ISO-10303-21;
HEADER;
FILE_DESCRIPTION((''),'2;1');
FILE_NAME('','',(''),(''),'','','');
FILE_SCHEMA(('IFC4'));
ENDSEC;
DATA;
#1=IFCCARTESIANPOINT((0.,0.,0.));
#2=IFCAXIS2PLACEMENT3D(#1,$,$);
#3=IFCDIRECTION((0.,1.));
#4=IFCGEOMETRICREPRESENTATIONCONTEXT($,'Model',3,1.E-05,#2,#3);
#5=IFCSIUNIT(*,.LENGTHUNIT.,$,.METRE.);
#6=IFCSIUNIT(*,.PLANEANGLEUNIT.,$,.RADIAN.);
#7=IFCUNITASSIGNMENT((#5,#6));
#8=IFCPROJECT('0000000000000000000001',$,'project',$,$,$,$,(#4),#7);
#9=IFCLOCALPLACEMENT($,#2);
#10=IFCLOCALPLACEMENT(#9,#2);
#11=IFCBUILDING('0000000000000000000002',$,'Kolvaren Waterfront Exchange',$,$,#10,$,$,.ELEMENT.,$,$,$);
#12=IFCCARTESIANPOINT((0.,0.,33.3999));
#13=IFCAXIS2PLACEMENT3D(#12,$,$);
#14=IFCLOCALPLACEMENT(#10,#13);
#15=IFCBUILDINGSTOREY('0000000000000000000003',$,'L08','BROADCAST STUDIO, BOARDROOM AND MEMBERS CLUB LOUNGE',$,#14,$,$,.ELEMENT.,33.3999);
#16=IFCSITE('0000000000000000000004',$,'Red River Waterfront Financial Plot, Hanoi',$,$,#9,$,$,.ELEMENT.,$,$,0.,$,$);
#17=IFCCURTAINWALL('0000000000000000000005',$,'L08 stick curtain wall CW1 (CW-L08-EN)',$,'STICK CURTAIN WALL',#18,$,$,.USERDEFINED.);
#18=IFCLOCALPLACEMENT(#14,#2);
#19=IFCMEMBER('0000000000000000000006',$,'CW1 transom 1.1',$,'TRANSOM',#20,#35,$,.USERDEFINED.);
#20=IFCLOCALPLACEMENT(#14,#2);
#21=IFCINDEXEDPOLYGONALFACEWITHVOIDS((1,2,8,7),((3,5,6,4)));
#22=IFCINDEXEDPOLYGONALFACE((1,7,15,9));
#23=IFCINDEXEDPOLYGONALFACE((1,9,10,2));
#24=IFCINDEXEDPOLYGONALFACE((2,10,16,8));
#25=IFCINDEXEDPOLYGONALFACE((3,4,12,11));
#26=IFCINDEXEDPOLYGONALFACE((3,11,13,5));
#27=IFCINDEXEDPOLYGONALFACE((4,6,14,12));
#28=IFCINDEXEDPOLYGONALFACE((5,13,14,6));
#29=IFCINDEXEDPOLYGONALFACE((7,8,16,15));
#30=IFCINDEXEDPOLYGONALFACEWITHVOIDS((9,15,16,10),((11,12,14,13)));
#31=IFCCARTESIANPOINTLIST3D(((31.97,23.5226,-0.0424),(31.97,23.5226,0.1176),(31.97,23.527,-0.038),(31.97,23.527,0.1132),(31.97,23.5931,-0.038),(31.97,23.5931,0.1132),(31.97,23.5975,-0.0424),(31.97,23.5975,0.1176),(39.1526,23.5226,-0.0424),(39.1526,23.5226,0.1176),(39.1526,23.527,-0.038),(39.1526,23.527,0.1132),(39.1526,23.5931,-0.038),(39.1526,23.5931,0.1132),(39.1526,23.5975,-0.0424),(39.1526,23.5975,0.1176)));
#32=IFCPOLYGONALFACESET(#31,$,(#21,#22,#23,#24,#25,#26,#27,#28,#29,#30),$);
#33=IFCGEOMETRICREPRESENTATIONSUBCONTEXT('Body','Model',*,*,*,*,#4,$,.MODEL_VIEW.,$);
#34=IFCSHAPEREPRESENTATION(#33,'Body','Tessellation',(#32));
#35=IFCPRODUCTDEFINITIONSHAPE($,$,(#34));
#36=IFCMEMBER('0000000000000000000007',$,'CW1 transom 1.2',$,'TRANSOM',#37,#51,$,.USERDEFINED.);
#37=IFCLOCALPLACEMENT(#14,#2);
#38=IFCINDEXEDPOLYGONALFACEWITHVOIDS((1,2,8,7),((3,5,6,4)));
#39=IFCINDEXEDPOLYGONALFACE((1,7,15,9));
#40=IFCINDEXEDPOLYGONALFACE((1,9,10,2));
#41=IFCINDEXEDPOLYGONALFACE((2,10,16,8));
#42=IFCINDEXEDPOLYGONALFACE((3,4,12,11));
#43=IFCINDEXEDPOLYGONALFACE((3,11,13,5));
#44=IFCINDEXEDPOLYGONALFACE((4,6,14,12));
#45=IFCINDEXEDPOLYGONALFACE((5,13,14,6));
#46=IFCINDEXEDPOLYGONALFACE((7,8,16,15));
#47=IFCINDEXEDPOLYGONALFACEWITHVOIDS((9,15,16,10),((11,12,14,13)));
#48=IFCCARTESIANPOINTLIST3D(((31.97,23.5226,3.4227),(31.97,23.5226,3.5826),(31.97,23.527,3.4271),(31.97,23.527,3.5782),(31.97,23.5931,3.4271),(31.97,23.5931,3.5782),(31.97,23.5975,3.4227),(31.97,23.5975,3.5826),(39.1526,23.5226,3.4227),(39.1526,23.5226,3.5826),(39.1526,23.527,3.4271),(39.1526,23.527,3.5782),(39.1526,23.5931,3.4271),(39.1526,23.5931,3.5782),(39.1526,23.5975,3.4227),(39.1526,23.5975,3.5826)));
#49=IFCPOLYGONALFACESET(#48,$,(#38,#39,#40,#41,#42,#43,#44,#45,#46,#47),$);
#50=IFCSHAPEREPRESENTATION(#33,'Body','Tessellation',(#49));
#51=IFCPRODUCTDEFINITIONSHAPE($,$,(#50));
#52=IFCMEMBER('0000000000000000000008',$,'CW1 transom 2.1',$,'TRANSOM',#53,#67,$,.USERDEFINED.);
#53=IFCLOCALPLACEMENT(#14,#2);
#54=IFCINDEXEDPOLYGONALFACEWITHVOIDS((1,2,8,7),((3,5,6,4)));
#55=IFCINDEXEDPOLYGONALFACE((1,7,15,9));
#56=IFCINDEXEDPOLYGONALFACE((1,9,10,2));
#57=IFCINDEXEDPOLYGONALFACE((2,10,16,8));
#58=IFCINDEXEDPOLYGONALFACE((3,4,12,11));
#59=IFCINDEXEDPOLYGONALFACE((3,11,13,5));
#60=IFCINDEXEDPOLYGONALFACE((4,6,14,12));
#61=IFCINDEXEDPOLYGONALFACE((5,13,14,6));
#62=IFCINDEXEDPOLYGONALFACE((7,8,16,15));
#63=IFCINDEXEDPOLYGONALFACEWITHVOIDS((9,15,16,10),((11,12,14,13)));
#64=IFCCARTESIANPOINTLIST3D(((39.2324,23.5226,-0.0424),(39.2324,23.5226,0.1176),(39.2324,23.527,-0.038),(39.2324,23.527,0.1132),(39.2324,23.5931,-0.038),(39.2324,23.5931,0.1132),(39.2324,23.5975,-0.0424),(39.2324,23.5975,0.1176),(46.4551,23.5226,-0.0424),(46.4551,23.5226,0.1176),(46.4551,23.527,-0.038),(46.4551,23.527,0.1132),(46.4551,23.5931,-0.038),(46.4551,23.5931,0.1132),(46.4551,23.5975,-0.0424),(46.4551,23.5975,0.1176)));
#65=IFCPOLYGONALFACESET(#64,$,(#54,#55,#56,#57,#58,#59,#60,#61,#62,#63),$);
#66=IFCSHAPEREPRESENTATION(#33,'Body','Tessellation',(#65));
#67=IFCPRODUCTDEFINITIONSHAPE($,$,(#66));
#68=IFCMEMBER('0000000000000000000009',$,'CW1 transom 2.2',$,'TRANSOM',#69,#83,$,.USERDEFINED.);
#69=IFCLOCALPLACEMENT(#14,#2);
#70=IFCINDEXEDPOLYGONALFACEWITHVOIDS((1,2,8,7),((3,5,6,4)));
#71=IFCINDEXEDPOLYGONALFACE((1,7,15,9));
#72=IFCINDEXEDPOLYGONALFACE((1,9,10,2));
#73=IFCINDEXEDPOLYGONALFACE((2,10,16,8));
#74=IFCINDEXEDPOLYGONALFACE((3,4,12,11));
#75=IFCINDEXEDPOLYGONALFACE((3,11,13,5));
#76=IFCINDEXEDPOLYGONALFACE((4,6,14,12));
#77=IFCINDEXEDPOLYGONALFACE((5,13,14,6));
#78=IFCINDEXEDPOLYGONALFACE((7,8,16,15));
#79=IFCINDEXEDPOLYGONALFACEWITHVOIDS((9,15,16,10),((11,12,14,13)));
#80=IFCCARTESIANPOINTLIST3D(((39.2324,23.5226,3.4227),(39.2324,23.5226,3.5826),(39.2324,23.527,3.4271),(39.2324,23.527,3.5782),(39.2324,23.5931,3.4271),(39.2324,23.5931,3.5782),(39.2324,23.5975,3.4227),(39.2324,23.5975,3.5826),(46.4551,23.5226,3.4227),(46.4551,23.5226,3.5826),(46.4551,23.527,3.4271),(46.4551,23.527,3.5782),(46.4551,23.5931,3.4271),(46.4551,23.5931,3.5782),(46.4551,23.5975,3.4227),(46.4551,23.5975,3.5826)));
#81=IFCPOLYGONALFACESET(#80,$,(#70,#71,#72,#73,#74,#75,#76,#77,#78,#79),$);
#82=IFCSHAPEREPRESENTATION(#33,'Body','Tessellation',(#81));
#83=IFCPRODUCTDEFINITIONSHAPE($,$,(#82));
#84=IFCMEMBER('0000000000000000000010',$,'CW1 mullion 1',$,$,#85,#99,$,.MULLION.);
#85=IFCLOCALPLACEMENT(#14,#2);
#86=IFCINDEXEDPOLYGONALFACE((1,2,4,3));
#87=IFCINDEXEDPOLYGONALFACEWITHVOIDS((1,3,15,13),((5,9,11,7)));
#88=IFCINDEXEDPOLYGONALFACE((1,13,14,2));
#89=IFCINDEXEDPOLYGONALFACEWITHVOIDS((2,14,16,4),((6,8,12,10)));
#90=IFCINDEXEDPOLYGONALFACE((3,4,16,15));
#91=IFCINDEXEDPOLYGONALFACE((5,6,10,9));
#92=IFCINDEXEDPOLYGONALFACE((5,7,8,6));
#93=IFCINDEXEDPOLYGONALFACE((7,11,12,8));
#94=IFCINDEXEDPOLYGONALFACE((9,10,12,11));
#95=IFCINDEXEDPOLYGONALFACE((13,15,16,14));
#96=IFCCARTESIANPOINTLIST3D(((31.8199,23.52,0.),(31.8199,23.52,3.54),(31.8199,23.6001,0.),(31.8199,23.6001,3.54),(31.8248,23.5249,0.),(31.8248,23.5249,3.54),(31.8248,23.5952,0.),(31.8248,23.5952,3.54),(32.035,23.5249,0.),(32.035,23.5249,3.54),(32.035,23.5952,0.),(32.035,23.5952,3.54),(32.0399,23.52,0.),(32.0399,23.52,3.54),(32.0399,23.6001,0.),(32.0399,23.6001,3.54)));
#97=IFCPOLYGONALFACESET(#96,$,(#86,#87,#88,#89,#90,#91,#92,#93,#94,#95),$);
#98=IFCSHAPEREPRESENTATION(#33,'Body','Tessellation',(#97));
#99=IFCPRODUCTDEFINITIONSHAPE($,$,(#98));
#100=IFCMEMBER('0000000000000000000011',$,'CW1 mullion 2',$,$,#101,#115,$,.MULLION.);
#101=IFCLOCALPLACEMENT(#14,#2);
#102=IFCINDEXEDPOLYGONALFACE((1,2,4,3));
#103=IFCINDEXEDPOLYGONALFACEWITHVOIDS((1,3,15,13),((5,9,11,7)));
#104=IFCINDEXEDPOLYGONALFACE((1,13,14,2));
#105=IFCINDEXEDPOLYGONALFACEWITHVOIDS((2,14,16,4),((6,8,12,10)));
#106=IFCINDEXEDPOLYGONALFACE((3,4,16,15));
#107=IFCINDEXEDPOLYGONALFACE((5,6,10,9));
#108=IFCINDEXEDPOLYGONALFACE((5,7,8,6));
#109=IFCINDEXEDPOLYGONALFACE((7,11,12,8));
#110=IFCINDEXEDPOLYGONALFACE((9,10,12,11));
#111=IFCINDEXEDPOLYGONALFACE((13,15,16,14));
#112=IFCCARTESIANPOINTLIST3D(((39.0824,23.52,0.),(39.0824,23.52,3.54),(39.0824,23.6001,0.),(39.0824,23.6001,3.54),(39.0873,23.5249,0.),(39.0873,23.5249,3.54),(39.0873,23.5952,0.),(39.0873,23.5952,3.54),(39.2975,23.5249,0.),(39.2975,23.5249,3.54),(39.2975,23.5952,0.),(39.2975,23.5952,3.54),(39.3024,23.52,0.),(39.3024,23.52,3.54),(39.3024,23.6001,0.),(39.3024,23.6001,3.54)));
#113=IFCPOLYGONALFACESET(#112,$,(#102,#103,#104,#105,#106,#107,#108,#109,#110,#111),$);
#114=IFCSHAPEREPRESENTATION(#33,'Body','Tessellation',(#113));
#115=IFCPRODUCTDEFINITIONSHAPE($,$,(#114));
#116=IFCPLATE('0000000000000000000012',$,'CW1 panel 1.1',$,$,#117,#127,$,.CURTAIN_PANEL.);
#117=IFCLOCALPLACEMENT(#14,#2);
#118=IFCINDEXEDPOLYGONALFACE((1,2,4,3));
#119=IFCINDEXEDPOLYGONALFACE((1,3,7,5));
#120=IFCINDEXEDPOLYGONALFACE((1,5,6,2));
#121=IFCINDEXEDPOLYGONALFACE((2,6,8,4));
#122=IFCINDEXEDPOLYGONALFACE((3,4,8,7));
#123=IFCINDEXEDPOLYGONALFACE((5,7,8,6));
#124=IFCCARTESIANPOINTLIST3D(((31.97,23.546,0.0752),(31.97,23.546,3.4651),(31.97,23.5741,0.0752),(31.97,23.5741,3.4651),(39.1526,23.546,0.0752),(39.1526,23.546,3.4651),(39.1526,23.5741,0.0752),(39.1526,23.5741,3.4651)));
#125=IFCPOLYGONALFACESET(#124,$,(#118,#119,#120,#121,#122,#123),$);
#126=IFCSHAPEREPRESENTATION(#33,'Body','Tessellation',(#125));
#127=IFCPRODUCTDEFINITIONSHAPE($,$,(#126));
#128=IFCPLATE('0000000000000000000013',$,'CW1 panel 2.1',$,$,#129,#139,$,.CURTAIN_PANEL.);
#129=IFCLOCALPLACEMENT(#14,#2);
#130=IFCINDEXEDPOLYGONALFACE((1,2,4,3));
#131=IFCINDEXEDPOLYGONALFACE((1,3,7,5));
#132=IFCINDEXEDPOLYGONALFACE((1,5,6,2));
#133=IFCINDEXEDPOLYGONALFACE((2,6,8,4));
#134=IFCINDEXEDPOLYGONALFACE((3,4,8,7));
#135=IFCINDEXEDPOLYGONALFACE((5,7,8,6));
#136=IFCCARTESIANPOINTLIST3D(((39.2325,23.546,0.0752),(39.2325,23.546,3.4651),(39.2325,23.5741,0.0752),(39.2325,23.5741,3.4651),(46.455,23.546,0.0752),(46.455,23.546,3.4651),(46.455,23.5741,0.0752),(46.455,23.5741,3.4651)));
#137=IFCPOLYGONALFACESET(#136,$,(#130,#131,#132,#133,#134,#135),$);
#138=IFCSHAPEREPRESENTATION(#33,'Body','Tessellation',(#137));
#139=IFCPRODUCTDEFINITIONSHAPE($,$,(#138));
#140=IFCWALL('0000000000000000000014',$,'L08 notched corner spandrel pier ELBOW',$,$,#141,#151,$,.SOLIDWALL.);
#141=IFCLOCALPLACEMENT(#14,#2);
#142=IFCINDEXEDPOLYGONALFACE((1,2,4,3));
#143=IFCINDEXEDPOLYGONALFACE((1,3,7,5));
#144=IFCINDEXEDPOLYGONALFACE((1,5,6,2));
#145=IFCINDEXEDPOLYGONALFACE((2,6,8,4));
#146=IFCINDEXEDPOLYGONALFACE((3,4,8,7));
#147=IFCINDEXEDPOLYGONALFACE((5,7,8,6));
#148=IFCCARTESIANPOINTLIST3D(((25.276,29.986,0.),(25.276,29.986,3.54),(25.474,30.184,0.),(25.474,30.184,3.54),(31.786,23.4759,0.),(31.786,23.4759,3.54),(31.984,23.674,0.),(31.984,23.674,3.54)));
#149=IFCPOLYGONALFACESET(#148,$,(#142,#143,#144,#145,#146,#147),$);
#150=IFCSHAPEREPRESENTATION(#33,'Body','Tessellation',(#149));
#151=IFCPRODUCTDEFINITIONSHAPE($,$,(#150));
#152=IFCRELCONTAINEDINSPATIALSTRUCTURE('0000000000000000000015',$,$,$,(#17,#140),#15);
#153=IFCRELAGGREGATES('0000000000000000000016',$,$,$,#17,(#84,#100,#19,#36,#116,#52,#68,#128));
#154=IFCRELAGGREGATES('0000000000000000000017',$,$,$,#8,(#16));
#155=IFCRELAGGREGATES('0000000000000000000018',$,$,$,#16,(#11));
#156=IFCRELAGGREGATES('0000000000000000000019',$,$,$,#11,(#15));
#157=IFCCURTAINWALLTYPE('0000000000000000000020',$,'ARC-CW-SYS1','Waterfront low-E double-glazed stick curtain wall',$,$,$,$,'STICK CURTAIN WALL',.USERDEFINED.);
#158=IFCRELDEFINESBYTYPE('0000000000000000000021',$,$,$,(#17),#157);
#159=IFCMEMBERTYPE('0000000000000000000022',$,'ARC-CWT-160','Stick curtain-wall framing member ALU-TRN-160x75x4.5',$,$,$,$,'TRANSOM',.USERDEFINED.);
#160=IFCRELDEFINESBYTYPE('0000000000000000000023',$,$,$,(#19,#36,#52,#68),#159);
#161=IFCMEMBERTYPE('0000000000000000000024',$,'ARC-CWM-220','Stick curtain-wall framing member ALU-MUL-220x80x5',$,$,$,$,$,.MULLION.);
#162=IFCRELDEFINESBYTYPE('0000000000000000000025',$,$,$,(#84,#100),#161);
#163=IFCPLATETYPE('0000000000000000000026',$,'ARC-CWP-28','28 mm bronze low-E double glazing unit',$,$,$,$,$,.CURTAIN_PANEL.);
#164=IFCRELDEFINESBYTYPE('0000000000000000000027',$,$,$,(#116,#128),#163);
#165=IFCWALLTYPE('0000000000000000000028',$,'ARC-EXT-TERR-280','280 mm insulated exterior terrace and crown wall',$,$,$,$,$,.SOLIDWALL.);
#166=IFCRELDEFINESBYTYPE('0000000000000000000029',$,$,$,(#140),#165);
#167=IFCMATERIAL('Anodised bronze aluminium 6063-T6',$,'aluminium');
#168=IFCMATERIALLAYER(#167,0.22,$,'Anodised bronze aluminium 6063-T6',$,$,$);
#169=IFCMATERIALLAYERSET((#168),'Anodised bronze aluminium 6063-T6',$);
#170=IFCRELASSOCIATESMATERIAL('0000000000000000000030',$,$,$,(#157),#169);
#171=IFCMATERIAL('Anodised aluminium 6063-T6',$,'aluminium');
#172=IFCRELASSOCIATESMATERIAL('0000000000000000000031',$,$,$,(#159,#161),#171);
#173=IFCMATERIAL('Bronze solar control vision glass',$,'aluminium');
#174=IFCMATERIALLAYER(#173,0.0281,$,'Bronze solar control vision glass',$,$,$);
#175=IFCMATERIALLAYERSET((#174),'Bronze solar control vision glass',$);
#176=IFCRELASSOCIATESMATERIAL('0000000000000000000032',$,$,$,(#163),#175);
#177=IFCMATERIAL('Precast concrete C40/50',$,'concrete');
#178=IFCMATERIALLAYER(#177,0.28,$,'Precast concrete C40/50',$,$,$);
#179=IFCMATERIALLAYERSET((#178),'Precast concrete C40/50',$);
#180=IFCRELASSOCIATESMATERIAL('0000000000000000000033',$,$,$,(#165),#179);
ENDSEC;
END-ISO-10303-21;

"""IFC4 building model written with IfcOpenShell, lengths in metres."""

from ifc_helpers import new_model, si_unit, direction, frame, frame_2d, origin, origin_with_axes, origin_2d, place, context, subcontext, project, spatial, rectangle, hollow_rectangle, extrude, source, transform, mapped, material, layer, layer_set, material_profile, profile_set, type_object, element, aggregate, save


model = new_model("IFC4")

# Units and contexts
model_context = context("Model", 3, precision=1e-05, world=origin(), true_north=direction((0.0, 1.0)))
body_context = subcontext(model_context, "Body", "Model", "MODEL_VIEW")
ifc_project = project(units=[si_unit("LENGTHUNIT", "METRE"), si_unit("PLANEANGLEUNIT", "RADIAN")], contexts=[model_context])

# Site, building, storey
site_placement = place(None, origin())
site = spatial("IfcSite", under=ifc_project, at=site_placement, Name="Red River Waterfront Financial Plot, Hanoi", CompositionType="ELEMENT", RefElevation=0.0)
building_placement = place(site_placement, origin())
building = spatial("IfcBuilding", under=site, at=building_placement, Name="Kolvaren Waterfront Exchange", CompositionType="ELEMENT")
storey_placement = place(building_placement, frame((0.0, 0.0, 33.3999)))
storey = spatial("IfcBuildingStorey", under=building, at=storey_placement, Name="L08", Description="BROADCAST STUDIO, BOARDROOM AND MEMBERS CLUB LOUNGE", CompositionType="ELEMENT", Elevation=33.3999)

# Curtain wall, members, plates
ifc_material_1 = material(Name="Anodised bronze aluminium 6063-T6", Category="aluminium")
ifc_layer_1 = layer(ifc_material_1, 0.22, Name="Anodised bronze aluminium 6063-T6")
ifc_layer_set_1 = layer_set([ifc_layer_1], Name="Anodised bronze aluminium 6063-T6")
curtain_wall_type = type_object("IfcCurtainWallType", Name="ARC-CW-SYS1", Description="Waterfront low-E double-glazed stick curtain wall", ElementType="STICK CURTAIN WALL", PredefinedType="USERDEFINED", material=ifc_layer_set_1)
curtain_wall_placement = place(storey_placement, origin())
curtain_wall = element("IfcCurtainWall", 1, at=curtain_wall_placement, inside=storey, type_object=curtain_wall_type, Name="L08 stick curtain wall CW1 (CW-L08-EN)", ObjectType="STICK CURTAIN WALL", PredefinedType="USERDEFINED")
ifc_material_2 = material(Name="Anodised aluminium 6063-T6", Category="aluminium")
ifc_material_profile_1 = material_profile(ifc_material_2, hollow_rectangle(XDim=0.075, YDim=0.1599, WallThickness=0.0044, at=origin_2d()), Name="ALU-TRN-160x75x4.5")
ifc_profile_set_1 = profile_set([ifc_material_profile_1], Name="Anodised aluminium 6063-T6")
member_type_1 = type_object("IfcMemberType", Name="ARC-CWT-160", Description="Stick curtain-wall framing member ALU-TRN-160x75x4.5", ElementType="TRANSOM", PredefinedType="USERDEFINED", material=ifc_profile_set_1)
shared_shape_1 = source(origin_with_axes(), body_context, "Body", "SweptSolid", [
    extrude(hollow_rectangle(XDim=0.075, YDim=0.1599, WallThickness=0.0044, at=origin_2d()), origin(), (0.0, 0.0, 1.0), 7.1826),
])
member_1_placement = place(storey_placement, frame((31.97, 23.5601, 0.0376), z_axis=(1.0, 0.0, 0.0), x_axis=(0.0, 1.0, 0.0)))
member_1 = element("IfcMember", 2, at=member_1_placement, type_object=member_type_1, Name="CW1 transom 1.1", ObjectType="TRANSOM", PredefinedType="USERDEFINED", context=body_context, shape_type="MappedRepresentation", body=[
    mapped(shared_shape_1, transform((0.0, 0.0, 0.0), x_axis=(1.0, 0.0, 0.0), y_axis=(0.0, 1.0, 0.0), z_axis=(0.0, 0.0, 1.0), scale=1.0)),
])
member_2_placement = place(storey_placement, frame((31.97, 23.5601, 3.5027), z_axis=(1.0, 0.0, 0.0), x_axis=(0.0, 1.0, 0.0)))
member_2 = element("IfcMember", 3, at=member_2_placement, type_object=member_type_1, Name="CW1 transom 1.2", ObjectType="TRANSOM", PredefinedType="USERDEFINED", context=body_context, shape_type="MappedRepresentation", body=[
    mapped(shared_shape_1, transform((0.0, 0.0, 0.0), x_axis=(1.0, 0.0, 0.0), y_axis=(0.0, 1.0, 0.0), z_axis=(0.0, 0.0, 1.0), scale=1.0)),
])
shared_shape_2 = source(origin_with_axes(), body_context, "Body", "SweptSolid", [
    extrude(hollow_rectangle(XDim=0.075, YDim=0.1599, WallThickness=0.0044, at=origin_2d()), origin(), (0.0, 0.0, 1.0), 7.2227),
])
member_3_placement = place(storey_placement, frame((39.2324, 23.5601, 0.0376), z_axis=(1.0, 0.0, 0.0), x_axis=(0.0, 1.0, 0.0)))
member_3 = element("IfcMember", 4, at=member_3_placement, type_object=member_type_1, Name="CW1 transom 2.1", ObjectType="TRANSOM", PredefinedType="USERDEFINED", context=body_context, shape_type="MappedRepresentation", body=[
    mapped(shared_shape_2, transform((0.0, 0.0, 0.0), x_axis=(1.0, 0.0, 0.0), y_axis=(0.0, 1.0, 0.0), z_axis=(0.0, 0.0, 1.0), scale=1.0)),
])
member_4_placement = place(storey_placement, frame((39.2324, 23.5601, 3.5027), z_axis=(1.0, 0.0, 0.0), x_axis=(0.0, 1.0, 0.0)))
member_4 = element("IfcMember", 5, at=member_4_placement, type_object=member_type_1, Name="CW1 transom 2.2", ObjectType="TRANSOM", PredefinedType="USERDEFINED", context=body_context, shape_type="MappedRepresentation", body=[
    mapped(shared_shape_2, transform((0.0, 0.0, 0.0), x_axis=(1.0, 0.0, 0.0), y_axis=(0.0, 1.0, 0.0), z_axis=(0.0, 0.0, 1.0), scale=1.0)),
])
ifc_material_profile_2 = material_profile(ifc_material_2, hollow_rectangle(XDim=0.0801, YDim=0.22, WallThickness=0.0049, at=origin_2d()), Name="ALU-MUL-220x80x5")
ifc_profile_set_2 = profile_set([ifc_material_profile_2], Name="Anodised aluminium 6063-T6")
member_type_2 = type_object("IfcMemberType", Name="ARC-CWM-220", Description="Stick curtain-wall framing member ALU-MUL-220x80x5", PredefinedType="MULLION", material=ifc_profile_set_2)
shared_shape_3 = source(origin_with_axes(), body_context, "Body", "SweptSolid", [
    extrude(hollow_rectangle(XDim=0.0801, YDim=0.22, WallThickness=0.0049, at=origin_2d()), origin(), (0.0, 0.0, 1.0), 3.54),
])
member_5_placement = place(storey_placement, frame((31.9299, 23.5601, 0.0), z_axis=(0.0, 0.0, 1.0), x_axis=(0.0, 1.0, 0.0)))
member_5 = element("IfcMember", 6, at=member_5_placement, type_object=member_type_2, Name="CW1 mullion 1", PredefinedType="MULLION", context=body_context, shape_type="MappedRepresentation", body=[
    mapped(shared_shape_3, transform((0.0, 0.0, 0.0), x_axis=(1.0, 0.0, 0.0), y_axis=(0.0, 1.0, 0.0), z_axis=(0.0, 0.0, 1.0), scale=1.0)),
])
member_6_placement = place(storey_placement, frame((39.1924, 23.5601, 0.0), z_axis=(0.0, 0.0, 1.0), x_axis=(0.0, 1.0, 0.0)))
member_6 = element("IfcMember", 7, at=member_6_placement, type_object=member_type_2, Name="CW1 mullion 2", PredefinedType="MULLION", context=body_context, shape_type="MappedRepresentation", body=[
    mapped(shared_shape_3, transform((0.0, 0.0, 0.0), x_axis=(1.0, 0.0, 0.0), y_axis=(0.0, 1.0, 0.0), z_axis=(0.0, 0.0, 1.0), scale=1.0)),
])
ifc_material_3 = material(Name="Bronze solar control vision glass", Category="aluminium")
ifc_layer_2 = layer(ifc_material_3, 0.0281, Name="Bronze solar control vision glass")
ifc_layer_set_2 = layer_set([ifc_layer_2], Name="Bronze solar control vision glass")
plate_type = type_object("IfcPlateType", Name="ARC-CWP-28", Description="28 mm bronze low-E double glazing unit", PredefinedType="CURTAIN_PANEL", material=ifc_layer_set_2)
shared_shape_4 = source(origin_with_axes(), body_context, "Body", "SweptSolid", [
    extrude(rectangle(XDim=7.1826, YDim=0.0281, at=origin_2d()), origin(), (0.0, 0.0, 1.0), 3.3899),
])
plate_1_placement = place(storey_placement, frame((35.5613, 23.5601, 0.0752), z_axis=(0.0, 0.0, 1.0), x_axis=(1.0, 0.0, 0.0)))
plate_1 = element("IfcPlate", 8, at=plate_1_placement, type_object=plate_type, Name="CW1 panel 1.1", PredefinedType="CURTAIN_PANEL", context=body_context, shape_type="MappedRepresentation", body=[
    mapped(shared_shape_4, transform((0.0, 0.0, 0.0), x_axis=(1.0, 0.0, 0.0), y_axis=(0.0, 1.0, 0.0), z_axis=(0.0, 0.0, 1.0), scale=1.0)),
])
shared_shape_5 = source(origin_with_axes(), body_context, "Body", "SweptSolid", [
    extrude(rectangle(XDim=7.2224, YDim=0.0281, at=origin_2d()), origin(), (0.0, 0.0, 1.0), 3.3899),
])
plate_2_placement = place(storey_placement, frame((42.8438, 23.5601, 0.0752), z_axis=(0.0, 0.0, 1.0), x_axis=(1.0, 0.0, 0.0)))
plate_2 = element("IfcPlate", 9, at=plate_2_placement, type_object=plate_type, Name="CW1 panel 2.1", PredefinedType="CURTAIN_PANEL", context=body_context, shape_type="MappedRepresentation", body=[
    mapped(shared_shape_5, transform((0.0, 0.0, 0.0), x_axis=(1.0, 0.0, 0.0), y_axis=(0.0, 1.0, 0.0), z_axis=(0.0, 0.0, 1.0), scale=1.0)),
])
aggregate(curtain_wall, [member_5, member_6, member_1, member_2, plate_1, member_3, member_4, plate_2])

# Wall
ifc_material_4 = material(Name="Precast concrete C40/50", Category="concrete")
ifc_layer_3 = layer(ifc_material_4, 0.28, Name="Precast concrete C40/50")
ifc_layer_set_3 = layer_set([ifc_layer_3], Name="Precast concrete C40/50")
wall_type_1 = type_object("IfcWallType", Name="ARC-EXT-TERR-280", Description="280 mm insulated exterior terrace and crown wall", PredefinedType="SOLIDWALL", material=ifc_layer_set_3)
wall_1_placement = place(storey_placement, frame((31.885, 23.575, 0.0), z_axis=(0.0, 0.0, 1.0), x_axis=(-0.707107, 0.707107, 0.0)))
element("IfcWall", 10, at=wall_1_placement, inside=storey, type_object=wall_type_1, Name="L08 notched corner spandrel pier ELBOW", PredefinedType="SOLIDWALL", context=body_context, shape_type="SweptSolid", body=[
    extrude(rectangle(XDim=9.2065, YDim=0.28, at=frame_2d((4.6033, 0.0))), origin(), (0.0, 0.0, 1.0), 3.54),
])

save(model, "model.ifc")
